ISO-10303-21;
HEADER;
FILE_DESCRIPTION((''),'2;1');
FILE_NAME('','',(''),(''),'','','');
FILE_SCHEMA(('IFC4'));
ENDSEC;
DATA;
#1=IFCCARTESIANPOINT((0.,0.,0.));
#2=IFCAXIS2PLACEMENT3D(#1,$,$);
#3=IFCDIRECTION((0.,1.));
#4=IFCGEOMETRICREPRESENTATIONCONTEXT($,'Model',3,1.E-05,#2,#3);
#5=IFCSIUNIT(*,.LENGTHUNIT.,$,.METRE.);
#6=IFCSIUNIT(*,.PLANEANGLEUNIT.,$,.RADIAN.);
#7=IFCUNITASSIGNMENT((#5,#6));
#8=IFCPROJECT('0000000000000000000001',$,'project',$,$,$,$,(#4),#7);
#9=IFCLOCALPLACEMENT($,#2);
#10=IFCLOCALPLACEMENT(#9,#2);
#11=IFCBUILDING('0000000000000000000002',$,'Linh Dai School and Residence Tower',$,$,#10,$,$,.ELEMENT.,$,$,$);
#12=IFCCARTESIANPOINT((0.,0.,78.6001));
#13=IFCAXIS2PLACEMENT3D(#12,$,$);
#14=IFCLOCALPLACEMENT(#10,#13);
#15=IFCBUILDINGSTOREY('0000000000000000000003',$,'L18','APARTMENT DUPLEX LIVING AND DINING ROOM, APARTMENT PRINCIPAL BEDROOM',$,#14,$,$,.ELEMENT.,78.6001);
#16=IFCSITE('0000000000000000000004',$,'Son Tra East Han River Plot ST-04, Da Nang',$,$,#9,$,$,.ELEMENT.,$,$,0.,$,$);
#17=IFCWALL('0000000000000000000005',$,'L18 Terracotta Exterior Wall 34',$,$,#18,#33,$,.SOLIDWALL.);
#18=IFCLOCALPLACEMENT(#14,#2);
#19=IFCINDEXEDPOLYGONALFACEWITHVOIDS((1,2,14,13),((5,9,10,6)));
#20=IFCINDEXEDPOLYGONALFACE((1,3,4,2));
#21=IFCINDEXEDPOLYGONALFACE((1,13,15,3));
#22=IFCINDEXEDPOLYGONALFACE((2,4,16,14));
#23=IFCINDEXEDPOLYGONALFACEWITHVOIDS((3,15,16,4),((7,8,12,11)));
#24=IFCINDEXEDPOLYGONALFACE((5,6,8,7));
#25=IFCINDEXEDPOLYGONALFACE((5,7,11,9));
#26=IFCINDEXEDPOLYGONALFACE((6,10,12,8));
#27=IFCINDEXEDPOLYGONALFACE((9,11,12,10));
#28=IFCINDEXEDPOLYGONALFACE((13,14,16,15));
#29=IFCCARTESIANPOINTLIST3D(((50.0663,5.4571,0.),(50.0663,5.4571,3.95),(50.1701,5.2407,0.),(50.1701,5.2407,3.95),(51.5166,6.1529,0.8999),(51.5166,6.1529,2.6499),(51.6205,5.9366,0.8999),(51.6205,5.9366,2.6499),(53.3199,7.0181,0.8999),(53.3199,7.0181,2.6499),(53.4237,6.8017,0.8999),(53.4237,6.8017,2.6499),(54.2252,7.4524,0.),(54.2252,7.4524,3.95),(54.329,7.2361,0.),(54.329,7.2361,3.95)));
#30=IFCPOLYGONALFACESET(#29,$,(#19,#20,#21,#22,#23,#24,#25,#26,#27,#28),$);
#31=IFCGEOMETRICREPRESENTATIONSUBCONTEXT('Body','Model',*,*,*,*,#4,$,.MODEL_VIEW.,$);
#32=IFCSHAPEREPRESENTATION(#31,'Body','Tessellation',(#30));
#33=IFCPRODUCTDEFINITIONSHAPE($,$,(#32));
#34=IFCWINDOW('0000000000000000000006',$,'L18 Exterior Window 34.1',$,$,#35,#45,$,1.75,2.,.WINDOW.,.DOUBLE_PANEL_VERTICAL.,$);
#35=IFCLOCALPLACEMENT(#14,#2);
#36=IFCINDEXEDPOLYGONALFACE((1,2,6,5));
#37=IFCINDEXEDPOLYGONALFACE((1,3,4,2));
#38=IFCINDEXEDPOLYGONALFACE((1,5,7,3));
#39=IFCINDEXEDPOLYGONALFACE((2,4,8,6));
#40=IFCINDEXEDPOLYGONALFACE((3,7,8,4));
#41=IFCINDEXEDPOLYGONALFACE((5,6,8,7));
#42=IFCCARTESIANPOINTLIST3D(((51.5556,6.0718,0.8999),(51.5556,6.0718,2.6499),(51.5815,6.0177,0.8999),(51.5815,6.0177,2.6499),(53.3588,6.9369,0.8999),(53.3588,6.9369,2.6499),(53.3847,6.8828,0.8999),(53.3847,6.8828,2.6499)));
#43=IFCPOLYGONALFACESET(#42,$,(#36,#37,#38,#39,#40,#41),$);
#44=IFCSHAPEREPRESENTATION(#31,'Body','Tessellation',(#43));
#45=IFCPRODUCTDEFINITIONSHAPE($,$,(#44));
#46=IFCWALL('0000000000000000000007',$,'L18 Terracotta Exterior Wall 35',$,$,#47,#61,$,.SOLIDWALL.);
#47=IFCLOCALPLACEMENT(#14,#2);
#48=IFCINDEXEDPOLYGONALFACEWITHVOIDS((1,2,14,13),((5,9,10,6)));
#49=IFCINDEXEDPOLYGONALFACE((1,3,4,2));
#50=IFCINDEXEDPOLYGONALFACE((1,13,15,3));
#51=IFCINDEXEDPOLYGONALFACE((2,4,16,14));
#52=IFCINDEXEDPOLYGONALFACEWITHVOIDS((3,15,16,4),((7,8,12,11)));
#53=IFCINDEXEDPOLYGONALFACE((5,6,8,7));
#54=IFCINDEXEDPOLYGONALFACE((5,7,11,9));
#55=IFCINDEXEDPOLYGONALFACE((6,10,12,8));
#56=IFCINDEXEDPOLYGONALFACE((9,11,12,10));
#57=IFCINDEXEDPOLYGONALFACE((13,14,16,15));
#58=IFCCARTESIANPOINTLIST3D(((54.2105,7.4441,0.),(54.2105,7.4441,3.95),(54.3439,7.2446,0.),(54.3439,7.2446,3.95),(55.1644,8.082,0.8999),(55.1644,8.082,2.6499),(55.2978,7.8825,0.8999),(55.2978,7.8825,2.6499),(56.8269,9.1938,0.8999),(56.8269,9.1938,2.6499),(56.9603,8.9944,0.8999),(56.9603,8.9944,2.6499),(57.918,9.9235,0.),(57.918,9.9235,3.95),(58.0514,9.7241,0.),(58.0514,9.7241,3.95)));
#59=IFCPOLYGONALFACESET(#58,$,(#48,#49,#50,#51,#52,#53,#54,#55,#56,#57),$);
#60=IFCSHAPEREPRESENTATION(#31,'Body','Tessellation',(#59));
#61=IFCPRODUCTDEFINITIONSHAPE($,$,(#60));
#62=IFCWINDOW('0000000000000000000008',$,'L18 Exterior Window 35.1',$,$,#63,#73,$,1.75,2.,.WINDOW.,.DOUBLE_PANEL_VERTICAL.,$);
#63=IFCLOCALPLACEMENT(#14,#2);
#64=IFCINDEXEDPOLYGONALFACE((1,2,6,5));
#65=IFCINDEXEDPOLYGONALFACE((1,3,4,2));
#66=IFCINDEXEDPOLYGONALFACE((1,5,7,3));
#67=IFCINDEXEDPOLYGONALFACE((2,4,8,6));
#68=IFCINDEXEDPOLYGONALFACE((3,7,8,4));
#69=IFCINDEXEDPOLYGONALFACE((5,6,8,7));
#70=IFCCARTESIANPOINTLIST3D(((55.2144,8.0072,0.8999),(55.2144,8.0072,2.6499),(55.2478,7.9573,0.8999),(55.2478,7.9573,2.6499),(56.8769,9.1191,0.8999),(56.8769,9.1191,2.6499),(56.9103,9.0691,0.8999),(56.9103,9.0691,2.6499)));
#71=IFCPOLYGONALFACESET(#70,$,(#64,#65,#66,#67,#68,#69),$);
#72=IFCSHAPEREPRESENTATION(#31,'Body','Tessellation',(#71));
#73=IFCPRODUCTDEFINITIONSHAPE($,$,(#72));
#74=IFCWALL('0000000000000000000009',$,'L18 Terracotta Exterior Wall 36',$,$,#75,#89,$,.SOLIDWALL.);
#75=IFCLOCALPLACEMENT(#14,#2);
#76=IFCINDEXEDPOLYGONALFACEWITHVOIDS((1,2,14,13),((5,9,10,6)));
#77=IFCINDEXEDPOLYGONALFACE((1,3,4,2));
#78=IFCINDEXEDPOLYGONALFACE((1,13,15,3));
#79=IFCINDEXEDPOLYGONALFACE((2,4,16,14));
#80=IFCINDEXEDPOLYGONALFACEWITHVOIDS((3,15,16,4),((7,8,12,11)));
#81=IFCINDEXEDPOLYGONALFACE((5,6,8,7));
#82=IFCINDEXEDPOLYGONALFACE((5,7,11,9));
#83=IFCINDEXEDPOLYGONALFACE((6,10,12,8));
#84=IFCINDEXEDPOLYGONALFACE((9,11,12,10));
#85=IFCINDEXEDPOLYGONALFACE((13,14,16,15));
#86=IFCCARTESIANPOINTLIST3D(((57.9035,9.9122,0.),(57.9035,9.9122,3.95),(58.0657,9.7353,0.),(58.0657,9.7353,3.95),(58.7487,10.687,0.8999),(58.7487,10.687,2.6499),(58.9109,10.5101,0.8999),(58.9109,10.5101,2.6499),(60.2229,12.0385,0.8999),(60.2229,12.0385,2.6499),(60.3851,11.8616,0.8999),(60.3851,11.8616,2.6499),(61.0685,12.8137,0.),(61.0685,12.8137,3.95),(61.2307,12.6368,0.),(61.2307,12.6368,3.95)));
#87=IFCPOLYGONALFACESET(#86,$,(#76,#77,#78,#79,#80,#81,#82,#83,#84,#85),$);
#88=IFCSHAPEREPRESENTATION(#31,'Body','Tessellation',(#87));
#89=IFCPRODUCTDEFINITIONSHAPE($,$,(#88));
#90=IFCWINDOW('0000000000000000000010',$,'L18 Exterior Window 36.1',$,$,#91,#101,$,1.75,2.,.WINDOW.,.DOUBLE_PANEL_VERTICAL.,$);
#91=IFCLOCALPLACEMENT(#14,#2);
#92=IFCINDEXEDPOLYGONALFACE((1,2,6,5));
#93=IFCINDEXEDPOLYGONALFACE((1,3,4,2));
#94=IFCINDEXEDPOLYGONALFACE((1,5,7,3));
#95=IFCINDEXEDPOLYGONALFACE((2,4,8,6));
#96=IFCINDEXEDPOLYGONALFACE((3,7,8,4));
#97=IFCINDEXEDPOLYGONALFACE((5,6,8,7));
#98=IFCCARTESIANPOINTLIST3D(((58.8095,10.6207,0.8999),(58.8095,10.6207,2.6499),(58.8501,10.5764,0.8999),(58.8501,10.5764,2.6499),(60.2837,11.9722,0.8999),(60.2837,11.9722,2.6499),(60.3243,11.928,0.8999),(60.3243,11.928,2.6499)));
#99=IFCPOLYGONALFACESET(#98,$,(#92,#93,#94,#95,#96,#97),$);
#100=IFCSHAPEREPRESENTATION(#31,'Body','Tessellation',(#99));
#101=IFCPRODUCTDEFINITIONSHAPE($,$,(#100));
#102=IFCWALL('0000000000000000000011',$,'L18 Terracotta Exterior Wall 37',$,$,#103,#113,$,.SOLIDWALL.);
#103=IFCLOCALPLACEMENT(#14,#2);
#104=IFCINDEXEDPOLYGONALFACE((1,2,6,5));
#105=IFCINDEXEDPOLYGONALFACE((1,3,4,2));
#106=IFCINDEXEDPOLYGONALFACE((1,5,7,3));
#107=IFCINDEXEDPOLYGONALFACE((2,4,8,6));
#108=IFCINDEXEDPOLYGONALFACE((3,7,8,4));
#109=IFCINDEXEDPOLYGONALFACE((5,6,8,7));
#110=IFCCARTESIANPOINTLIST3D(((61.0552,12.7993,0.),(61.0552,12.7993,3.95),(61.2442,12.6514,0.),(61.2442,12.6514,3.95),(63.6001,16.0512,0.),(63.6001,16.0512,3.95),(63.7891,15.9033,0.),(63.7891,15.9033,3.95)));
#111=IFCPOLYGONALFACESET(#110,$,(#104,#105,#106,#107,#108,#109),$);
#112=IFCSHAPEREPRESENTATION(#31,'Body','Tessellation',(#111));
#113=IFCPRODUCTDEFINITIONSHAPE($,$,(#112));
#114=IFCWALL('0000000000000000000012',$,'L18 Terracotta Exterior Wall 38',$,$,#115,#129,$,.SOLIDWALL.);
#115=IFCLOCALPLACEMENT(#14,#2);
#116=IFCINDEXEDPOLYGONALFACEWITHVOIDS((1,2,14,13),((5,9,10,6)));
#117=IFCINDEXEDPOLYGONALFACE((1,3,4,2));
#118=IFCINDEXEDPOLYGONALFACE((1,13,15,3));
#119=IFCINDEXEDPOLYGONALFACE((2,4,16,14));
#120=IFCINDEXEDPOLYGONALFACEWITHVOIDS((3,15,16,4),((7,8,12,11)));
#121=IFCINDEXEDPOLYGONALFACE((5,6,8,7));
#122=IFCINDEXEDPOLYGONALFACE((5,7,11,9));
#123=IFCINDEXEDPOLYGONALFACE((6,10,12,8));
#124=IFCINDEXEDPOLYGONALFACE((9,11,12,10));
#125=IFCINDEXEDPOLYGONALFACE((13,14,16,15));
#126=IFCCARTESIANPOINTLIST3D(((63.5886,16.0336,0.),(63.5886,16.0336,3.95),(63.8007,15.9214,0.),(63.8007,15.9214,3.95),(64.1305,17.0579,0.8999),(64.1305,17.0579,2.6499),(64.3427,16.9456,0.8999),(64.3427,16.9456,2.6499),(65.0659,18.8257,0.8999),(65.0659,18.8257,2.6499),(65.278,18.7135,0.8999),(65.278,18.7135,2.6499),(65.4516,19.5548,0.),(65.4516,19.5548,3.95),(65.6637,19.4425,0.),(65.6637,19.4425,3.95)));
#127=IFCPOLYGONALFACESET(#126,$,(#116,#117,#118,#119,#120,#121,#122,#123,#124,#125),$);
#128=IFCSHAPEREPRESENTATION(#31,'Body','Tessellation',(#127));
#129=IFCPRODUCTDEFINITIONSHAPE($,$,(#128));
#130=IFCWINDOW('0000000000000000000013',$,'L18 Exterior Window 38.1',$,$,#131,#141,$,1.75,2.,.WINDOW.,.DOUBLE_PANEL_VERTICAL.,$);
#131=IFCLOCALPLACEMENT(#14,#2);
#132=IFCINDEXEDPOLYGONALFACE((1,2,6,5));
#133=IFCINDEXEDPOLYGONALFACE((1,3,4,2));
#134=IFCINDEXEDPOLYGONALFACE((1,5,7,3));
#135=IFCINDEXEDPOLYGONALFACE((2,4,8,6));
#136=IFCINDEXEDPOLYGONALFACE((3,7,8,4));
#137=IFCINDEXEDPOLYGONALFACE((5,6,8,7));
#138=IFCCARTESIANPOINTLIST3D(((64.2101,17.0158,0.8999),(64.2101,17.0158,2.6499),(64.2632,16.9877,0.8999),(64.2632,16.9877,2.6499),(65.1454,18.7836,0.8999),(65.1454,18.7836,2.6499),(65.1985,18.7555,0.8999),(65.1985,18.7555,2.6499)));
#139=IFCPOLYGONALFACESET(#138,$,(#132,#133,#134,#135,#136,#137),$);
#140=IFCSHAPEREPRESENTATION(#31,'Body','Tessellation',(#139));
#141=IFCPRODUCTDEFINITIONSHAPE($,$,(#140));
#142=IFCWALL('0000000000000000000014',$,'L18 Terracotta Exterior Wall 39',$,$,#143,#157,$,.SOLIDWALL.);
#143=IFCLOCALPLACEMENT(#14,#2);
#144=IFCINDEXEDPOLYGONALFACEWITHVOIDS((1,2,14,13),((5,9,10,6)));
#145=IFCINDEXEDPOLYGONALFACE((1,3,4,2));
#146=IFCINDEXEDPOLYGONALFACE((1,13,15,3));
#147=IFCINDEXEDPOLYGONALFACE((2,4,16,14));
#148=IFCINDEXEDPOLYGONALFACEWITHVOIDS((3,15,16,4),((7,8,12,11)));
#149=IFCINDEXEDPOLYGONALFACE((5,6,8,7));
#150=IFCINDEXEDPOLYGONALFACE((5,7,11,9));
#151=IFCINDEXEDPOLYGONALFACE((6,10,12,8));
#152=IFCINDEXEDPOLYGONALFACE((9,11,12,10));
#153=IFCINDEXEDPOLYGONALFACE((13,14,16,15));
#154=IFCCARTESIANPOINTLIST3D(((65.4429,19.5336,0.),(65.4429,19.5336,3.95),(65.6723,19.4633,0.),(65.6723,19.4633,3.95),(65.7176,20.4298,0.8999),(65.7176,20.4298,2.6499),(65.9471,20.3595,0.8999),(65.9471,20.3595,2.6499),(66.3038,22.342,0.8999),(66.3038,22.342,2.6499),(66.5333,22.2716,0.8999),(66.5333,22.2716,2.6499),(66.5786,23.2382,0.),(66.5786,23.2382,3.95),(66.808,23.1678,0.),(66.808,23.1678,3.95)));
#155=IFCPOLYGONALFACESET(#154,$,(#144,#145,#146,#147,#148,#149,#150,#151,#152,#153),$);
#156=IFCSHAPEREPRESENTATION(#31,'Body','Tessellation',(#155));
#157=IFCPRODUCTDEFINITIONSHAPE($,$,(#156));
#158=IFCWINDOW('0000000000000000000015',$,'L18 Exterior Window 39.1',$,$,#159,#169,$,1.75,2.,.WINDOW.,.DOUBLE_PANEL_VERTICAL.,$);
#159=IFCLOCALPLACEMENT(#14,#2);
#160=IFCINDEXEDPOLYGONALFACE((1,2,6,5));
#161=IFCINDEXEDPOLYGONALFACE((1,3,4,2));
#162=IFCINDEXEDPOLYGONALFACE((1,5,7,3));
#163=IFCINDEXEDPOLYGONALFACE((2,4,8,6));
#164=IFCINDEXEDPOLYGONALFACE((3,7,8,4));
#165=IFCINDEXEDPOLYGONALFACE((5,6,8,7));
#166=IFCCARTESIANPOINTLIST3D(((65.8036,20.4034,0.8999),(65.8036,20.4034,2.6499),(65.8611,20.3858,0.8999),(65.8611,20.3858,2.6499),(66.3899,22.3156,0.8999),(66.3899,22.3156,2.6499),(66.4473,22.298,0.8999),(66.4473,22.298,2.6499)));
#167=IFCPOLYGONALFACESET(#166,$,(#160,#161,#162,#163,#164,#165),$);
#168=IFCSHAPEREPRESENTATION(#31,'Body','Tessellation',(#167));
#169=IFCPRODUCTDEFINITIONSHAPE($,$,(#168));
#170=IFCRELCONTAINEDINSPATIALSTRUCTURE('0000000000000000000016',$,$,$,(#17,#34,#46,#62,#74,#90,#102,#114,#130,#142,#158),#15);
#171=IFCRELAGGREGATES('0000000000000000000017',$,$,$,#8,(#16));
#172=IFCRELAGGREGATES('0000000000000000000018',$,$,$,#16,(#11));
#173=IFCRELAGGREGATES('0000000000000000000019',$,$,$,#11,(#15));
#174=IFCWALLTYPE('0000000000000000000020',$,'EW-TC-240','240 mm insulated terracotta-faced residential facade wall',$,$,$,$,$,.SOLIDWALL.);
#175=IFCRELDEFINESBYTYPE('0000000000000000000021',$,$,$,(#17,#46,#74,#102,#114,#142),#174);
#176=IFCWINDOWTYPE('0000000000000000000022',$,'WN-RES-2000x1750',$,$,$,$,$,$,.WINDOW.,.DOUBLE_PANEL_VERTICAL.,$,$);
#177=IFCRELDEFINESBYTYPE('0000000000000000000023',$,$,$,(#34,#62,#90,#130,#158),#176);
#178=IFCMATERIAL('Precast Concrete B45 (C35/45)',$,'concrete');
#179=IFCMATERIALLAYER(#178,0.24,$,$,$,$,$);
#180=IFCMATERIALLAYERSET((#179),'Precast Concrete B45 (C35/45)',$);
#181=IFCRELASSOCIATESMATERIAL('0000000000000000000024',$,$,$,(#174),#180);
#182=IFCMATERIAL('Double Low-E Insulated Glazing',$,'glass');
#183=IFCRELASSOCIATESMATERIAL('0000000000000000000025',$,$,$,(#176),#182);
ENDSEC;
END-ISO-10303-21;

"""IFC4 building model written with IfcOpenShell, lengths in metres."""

from ifc_helpers import new_model, si_unit, direction, frame, frame_2d, origin, origin_2d, place, context, subcontext, project, spatial, rectangle, extrude, source, transform, mapped, material, layer, layer_set, type_object, element, fill, save


model = new_model("IFC4")

# Units and contexts
model_context = context("Model", 3, precision=1e-05, world=origin(), true_north=direction((0.0, 1.0)))
body_context = subcontext(model_context, "Body", "Model", "MODEL_VIEW")
ifc_project = project(units=[si_unit("LENGTHUNIT", "METRE"), si_unit("PLANEANGLEUNIT", "RADIAN")], contexts=[model_context])

# Site, building, storey
site_placement = place(None, origin())
site = spatial("IfcSite", under=ifc_project, at=site_placement, Name="Son Tra East Han River Plot ST-04, Da Nang", CompositionType="ELEMENT", RefElevation=0.0)
building_placement = place(site_placement, origin())
building = spatial("IfcBuilding", under=site, at=building_placement, Name="Linh Dai School and Residence Tower", CompositionType="ELEMENT")
storey_placement = place(building_placement, frame((0.0, 0.0, 78.6001)))
storey = spatial("IfcBuildingStorey", under=building, at=storey_placement, Name="L18", Description="APARTMENT DUPLEX LIVING AND DINING ROOM, APARTMENT PRINCIPAL BEDROOM", CompositionType="ELEMENT", Elevation=78.6001)

# Shared definitions
ifc_material_1 = material(Name="Precast Concrete B45 (C35/45)", Category="concrete")

# Walls, openings, windows
ifc_layer_1 = layer(ifc_material_1, 0.24)
ifc_layer_set_1 = layer_set([ifc_layer_1], Name="Precast Concrete B45 (C35/45)")
wall_type_1 = type_object("IfcWallType", Name="EW-TC-240", Description="240 mm insulated terracotta-faced residential facade wall", PredefinedType="SOLIDWALL", material=ifc_layer_set_1)
ifc_material_2 = material(Name="Double Low-E Insulated Glazing", Category="glass")
window_type = type_object("IfcWindowType", Name="WN-RES-2000x1750", PartitioningType="DOUBLE_PANEL_VERTICAL", PredefinedType="WINDOW", material=ifc_material_2)
shared_shape_1 = source(origin(), body_context, "Body", "SweptSolid", [
    extrude(rectangle(XDim=2.0, YDim=1.75, at=origin_2d()), frame((1.0, 0.03, 0.875), z_axis=(0.0, -1.0, 0.0), x_axis=(1.0, 0.0, 0.0)), (0.0, 0.0, 1.0), 0.0601),
])
wall_1_placement = place(storey_placement, frame((54.2771, 7.3442, 0.0), z_axis=(0.0, 0.0, 1.0), x_axis=(-0.901602, -0.432568, 0.0)))
wall_1 = element("IfcWall", 1, at=wall_1_placement, inside=storey, type_object=wall_type_1, Name="L18 Terracotta Exterior Wall 34", PredefinedType="SOLIDWALL", context=body_context, shape_type="SweptSolid", body=[
    extrude(rectangle(XDim=4.6128, YDim=0.24, at=frame_2d((2.3064, 0.0))), origin(), (0.0, 0.0, 1.0), 3.95),
])
opening_1_placement = place(wall_1_placement, frame((1.0042, 0.0, 0.8999)))
opening_1 = element("IfcOpeningElement", 2, at=opening_1_placement, cuts=wall_1, PredefinedType="OPENING", context=body_context, shape_type="SweptSolid", body=[
    extrude(rectangle(XDim=2.0, YDim=1.75, at=origin_2d()), frame((1.0, 0.1299, 0.875), z_axis=(0.0, -1.0, 0.0), x_axis=(1.0, 0.0, 0.0)), (0.0, 0.0, 1.0), 0.26),
])
window_1_placement = place(opening_1_placement, origin())
window_1 = element("IfcWindow", 3, at=window_1_placement, inside=storey, type_object=window_type, Name="L18 Exterior Window 34.1", OverallHeight=1.75, OverallWidth=2.0, PartitioningType="DOUBLE_PANEL_VERTICAL", PredefinedType="WINDOW", context=body_context, shape_type="MappedRepresentation", body=[
    mapped(shared_shape_1, transform((0.0, 0.0, 0.0), x_axis=(1.0, 0.0, 0.0), y_axis=(0.0, 1.0, 0.0), z_axis=(0.0, 0.0, 1.0), scale=1.0)),
])
fill(opening_1, window_1)
wall_2_placement = place(storey_placement, frame((57.9846, 9.8237, 0.0), z_axis=(0.0, 0.0, 1.0), x_axis=(-0.831241, -0.555912, 0.0)))
wall_2 = element("IfcWall", 4, at=wall_2_placement, inside=storey, type_object=wall_type_1, Name="L18 Terracotta Exterior Wall 35", PredefinedType="SOLIDWALL", context=body_context, shape_type="SweptSolid", body=[
    extrude(rectangle(XDim=4.4602, YDim=0.24, at=frame_2d((2.23, 0.0))), origin(), (0.0, 0.0, 1.0), 3.95),
])
opening_2_placement = place(wall_2_placement, frame((1.3125, 0.0, 0.8999)))
opening_2 = element("IfcOpeningElement", 5, at=opening_2_placement, cuts=wall_2, PredefinedType="OPENING", context=body_context, shape_type="SweptSolid", body=[
    extrude(rectangle(XDim=2.0, YDim=1.75, at=origin_2d()), frame((1.0, 0.1299, 0.875), z_axis=(0.0, -1.0, 0.0), x_axis=(1.0, 0.0, 0.0)), (0.0, 0.0, 1.0), 0.26),
])
window_2_placement = place(opening_2_placement, origin())
window_2 = element("IfcWindow", 6, at=window_2_placement, inside=storey, type_object=window_type, Name="L18 Exterior Window 35.1", OverallHeight=1.75, OverallWidth=2.0, PartitioningType="DOUBLE_PANEL_VERTICAL", PredefinedType="WINDOW", context=body_context, shape_type="MappedRepresentation", body=[
    mapped(shared_shape_1, transform((0.0, 0.0, 0.0), x_axis=(1.0, 0.0, 0.0), y_axis=(0.0, 1.0, 0.0), z_axis=(0.0, 0.0, 1.0), scale=1.0)),
])
fill(opening_2, window_2)
wall_3_placement = place(storey_placement, frame((61.1497, 12.7253, 0.0), z_axis=(0.0, 0.0, 1.0), x_axis=(-0.737116, -0.675766, 0.0)))
wall_3 = element("IfcWall", 7, at=wall_3_placement, inside=storey, type_object=wall_type_1, Name="L18 Terracotta Exterior Wall 36", PredefinedType="SOLIDWALL", context=body_context, shape_type="SweptSolid", body=[
    extrude(rectangle(XDim=4.2937, YDim=0.24, at=frame_2d((2.147, 0.0))), origin(), (0.0, 0.0, 1.0), 3.95),
])
opening_3_placement = place(wall_3_placement, frame((1.1472, 0.0, 0.8999)))
opening_3 = element("IfcOpeningElement", 8, at=opening_3_placement, cuts=wall_3, PredefinedType="OPENING", context=body_context, shape_type="SweptSolid", body=[
    extrude(rectangle(XDim=2.0, YDim=1.75, at=origin_2d()), frame((1.0, 0.1299, 0.875), z_axis=(0.0, -1.0, 0.0), x_axis=(1.0, 0.0, 0.0)), (0.0, 0.0, 1.0), 0.26),
])
window_3_placement = place(opening_3_placement, origin())
window_3 = element("IfcWindow", 9, at=window_3_placement, inside=storey, type_object=window_type, Name="L18 Exterior Window 36.1", OverallHeight=1.75, OverallWidth=2.0, PartitioningType="DOUBLE_PANEL_VERTICAL", PredefinedType="WINDOW", context=body_context, shape_type="MappedRepresentation", body=[
    mapped(shared_shape_1, transform((0.0, 0.0, 0.0), x_axis=(1.0, 0.0, 0.0), y_axis=(0.0, 1.0, 0.0), z_axis=(0.0, 0.0, 1.0), scale=1.0)),
])
fill(opening_3, window_3)

# Wall
wall_4_placement = place(storey_placement, frame((63.6946, 15.9773, 0.0), z_axis=(0.0, 0.0, 1.0), x_axis=(-0.616296, -0.787515, 0.0)))
element("IfcWall", 10, at=wall_4_placement, inside=storey, type_object=wall_type_1, Name="L18 Terracotta Exterior Wall 37", PredefinedType="SOLIDWALL", context=body_context, shape_type="SweptSolid", body=[
    extrude(rectangle(XDim=4.1294, YDim=0.24, at=frame_2d((2.0647, 0.0))), origin(), (0.0, 0.0, 1.0), 3.95),
])

# Walls, openings, windows
wall_5_placement = place(storey_placement, frame((65.5576, 19.4985, 0.0), z_axis=(0.0, 0.0, 1.0), x_axis=(-0.467662, -0.883907, 0.0)))
wall_5 = element("IfcWall", 11, at=wall_5_placement, inside=storey, type_object=wall_type_1, Name="L18 Terracotta Exterior Wall 38", PredefinedType="SOLIDWALL", context=body_context, shape_type="SweptSolid", body=[
    extrude(rectangle(XDim=3.9836, YDim=0.24, at=frame_2d((1.9917, 0.0))), origin(), (0.0, 0.0, 1.0), 3.95),
])
opening_4_placement = place(wall_5_placement, frame((0.8247, 0.0, 0.8999)))
opening_4 = element("IfcOpeningElement", 12, at=opening_4_placement, cuts=wall_5, PredefinedType="OPENING", context=body_context, shape_type="SweptSolid", body=[
    extrude(rectangle(XDim=2.0, YDim=1.75, at=origin_2d()), frame((1.0, 0.1299, 0.875), z_axis=(0.0, -1.0, 0.0), x_axis=(1.0, 0.0, 0.0)), (0.0, 0.0, 1.0), 0.26),
])
window_4_placement = place(opening_4_placement, origin())
window_4 = element("IfcWindow", 13, at=window_4_placement, inside=storey, type_object=window_type, Name="L18 Exterior Window 38.1", OverallHeight=1.75, OverallWidth=2.0, PartitioningType="DOUBLE_PANEL_VERTICAL", PredefinedType="WINDOW", context=body_context, shape_type="MappedRepresentation", body=[
    mapped(shared_shape_1, transform((0.0, 0.0, 0.0), x_axis=(1.0, 0.0, 0.0), y_axis=(0.0, 1.0, 0.0), z_axis=(0.0, 0.0, 1.0), scale=1.0)),
])
fill(opening_4, window_4)
wall_6_placement = place(storey_placement, frame((66.6934, 23.2031, 0.0), z_axis=(0.0, 0.0, 1.0), x_axis=(-0.293112, -0.956078, 0.0)))
wall_6 = element("IfcWall", 14, at=wall_6_placement, inside=storey, type_object=wall_type_1, Name="L18 Terracotta Exterior Wall 39", PredefinedType="SOLIDWALL", context=body_context, shape_type="SweptSolid", body=[
    extrude(rectangle(XDim=3.8748, YDim=0.24, at=frame_2d((1.9375, 0.0))), origin(), (0.0, 0.0, 1.0), 3.95),
])
opening_5_placement = place(wall_6_placement, frame((0.9375, 0.0, 0.8999)))
opening_5 = element("IfcOpeningElement", 15, at=opening_5_placement, cuts=wall_6, PredefinedType="OPENING", context=body_context, shape_type="SweptSolid", body=[
    extrude(rectangle(XDim=2.0, YDim=1.75, at=origin_2d()), frame((1.0, 0.1299, 0.875), z_axis=(0.0, -1.0, 0.0), x_axis=(1.0, 0.0, 0.0)), (0.0, 0.0, 1.0), 0.26),
])
window_5_placement = place(opening_5_placement, origin())
window_5 = element("IfcWindow", 16, at=window_5_placement, inside=storey, type_object=window_type, Name="L18 Exterior Window 39.1", OverallHeight=1.75, OverallWidth=2.0, PartitioningType="DOUBLE_PANEL_VERTICAL", PredefinedType="WINDOW", context=body_context, shape_type="MappedRepresentation", body=[
    mapped(shared_shape_1, transform((0.0, 0.0, 0.0), x_axis=(1.0, 0.0, 0.0), y_axis=(0.0, 1.0, 0.0), z_axis=(0.0, 0.0, 1.0), scale=1.0)),
])
fill(opening_5, window_5)

save(model, "model.ifc")
